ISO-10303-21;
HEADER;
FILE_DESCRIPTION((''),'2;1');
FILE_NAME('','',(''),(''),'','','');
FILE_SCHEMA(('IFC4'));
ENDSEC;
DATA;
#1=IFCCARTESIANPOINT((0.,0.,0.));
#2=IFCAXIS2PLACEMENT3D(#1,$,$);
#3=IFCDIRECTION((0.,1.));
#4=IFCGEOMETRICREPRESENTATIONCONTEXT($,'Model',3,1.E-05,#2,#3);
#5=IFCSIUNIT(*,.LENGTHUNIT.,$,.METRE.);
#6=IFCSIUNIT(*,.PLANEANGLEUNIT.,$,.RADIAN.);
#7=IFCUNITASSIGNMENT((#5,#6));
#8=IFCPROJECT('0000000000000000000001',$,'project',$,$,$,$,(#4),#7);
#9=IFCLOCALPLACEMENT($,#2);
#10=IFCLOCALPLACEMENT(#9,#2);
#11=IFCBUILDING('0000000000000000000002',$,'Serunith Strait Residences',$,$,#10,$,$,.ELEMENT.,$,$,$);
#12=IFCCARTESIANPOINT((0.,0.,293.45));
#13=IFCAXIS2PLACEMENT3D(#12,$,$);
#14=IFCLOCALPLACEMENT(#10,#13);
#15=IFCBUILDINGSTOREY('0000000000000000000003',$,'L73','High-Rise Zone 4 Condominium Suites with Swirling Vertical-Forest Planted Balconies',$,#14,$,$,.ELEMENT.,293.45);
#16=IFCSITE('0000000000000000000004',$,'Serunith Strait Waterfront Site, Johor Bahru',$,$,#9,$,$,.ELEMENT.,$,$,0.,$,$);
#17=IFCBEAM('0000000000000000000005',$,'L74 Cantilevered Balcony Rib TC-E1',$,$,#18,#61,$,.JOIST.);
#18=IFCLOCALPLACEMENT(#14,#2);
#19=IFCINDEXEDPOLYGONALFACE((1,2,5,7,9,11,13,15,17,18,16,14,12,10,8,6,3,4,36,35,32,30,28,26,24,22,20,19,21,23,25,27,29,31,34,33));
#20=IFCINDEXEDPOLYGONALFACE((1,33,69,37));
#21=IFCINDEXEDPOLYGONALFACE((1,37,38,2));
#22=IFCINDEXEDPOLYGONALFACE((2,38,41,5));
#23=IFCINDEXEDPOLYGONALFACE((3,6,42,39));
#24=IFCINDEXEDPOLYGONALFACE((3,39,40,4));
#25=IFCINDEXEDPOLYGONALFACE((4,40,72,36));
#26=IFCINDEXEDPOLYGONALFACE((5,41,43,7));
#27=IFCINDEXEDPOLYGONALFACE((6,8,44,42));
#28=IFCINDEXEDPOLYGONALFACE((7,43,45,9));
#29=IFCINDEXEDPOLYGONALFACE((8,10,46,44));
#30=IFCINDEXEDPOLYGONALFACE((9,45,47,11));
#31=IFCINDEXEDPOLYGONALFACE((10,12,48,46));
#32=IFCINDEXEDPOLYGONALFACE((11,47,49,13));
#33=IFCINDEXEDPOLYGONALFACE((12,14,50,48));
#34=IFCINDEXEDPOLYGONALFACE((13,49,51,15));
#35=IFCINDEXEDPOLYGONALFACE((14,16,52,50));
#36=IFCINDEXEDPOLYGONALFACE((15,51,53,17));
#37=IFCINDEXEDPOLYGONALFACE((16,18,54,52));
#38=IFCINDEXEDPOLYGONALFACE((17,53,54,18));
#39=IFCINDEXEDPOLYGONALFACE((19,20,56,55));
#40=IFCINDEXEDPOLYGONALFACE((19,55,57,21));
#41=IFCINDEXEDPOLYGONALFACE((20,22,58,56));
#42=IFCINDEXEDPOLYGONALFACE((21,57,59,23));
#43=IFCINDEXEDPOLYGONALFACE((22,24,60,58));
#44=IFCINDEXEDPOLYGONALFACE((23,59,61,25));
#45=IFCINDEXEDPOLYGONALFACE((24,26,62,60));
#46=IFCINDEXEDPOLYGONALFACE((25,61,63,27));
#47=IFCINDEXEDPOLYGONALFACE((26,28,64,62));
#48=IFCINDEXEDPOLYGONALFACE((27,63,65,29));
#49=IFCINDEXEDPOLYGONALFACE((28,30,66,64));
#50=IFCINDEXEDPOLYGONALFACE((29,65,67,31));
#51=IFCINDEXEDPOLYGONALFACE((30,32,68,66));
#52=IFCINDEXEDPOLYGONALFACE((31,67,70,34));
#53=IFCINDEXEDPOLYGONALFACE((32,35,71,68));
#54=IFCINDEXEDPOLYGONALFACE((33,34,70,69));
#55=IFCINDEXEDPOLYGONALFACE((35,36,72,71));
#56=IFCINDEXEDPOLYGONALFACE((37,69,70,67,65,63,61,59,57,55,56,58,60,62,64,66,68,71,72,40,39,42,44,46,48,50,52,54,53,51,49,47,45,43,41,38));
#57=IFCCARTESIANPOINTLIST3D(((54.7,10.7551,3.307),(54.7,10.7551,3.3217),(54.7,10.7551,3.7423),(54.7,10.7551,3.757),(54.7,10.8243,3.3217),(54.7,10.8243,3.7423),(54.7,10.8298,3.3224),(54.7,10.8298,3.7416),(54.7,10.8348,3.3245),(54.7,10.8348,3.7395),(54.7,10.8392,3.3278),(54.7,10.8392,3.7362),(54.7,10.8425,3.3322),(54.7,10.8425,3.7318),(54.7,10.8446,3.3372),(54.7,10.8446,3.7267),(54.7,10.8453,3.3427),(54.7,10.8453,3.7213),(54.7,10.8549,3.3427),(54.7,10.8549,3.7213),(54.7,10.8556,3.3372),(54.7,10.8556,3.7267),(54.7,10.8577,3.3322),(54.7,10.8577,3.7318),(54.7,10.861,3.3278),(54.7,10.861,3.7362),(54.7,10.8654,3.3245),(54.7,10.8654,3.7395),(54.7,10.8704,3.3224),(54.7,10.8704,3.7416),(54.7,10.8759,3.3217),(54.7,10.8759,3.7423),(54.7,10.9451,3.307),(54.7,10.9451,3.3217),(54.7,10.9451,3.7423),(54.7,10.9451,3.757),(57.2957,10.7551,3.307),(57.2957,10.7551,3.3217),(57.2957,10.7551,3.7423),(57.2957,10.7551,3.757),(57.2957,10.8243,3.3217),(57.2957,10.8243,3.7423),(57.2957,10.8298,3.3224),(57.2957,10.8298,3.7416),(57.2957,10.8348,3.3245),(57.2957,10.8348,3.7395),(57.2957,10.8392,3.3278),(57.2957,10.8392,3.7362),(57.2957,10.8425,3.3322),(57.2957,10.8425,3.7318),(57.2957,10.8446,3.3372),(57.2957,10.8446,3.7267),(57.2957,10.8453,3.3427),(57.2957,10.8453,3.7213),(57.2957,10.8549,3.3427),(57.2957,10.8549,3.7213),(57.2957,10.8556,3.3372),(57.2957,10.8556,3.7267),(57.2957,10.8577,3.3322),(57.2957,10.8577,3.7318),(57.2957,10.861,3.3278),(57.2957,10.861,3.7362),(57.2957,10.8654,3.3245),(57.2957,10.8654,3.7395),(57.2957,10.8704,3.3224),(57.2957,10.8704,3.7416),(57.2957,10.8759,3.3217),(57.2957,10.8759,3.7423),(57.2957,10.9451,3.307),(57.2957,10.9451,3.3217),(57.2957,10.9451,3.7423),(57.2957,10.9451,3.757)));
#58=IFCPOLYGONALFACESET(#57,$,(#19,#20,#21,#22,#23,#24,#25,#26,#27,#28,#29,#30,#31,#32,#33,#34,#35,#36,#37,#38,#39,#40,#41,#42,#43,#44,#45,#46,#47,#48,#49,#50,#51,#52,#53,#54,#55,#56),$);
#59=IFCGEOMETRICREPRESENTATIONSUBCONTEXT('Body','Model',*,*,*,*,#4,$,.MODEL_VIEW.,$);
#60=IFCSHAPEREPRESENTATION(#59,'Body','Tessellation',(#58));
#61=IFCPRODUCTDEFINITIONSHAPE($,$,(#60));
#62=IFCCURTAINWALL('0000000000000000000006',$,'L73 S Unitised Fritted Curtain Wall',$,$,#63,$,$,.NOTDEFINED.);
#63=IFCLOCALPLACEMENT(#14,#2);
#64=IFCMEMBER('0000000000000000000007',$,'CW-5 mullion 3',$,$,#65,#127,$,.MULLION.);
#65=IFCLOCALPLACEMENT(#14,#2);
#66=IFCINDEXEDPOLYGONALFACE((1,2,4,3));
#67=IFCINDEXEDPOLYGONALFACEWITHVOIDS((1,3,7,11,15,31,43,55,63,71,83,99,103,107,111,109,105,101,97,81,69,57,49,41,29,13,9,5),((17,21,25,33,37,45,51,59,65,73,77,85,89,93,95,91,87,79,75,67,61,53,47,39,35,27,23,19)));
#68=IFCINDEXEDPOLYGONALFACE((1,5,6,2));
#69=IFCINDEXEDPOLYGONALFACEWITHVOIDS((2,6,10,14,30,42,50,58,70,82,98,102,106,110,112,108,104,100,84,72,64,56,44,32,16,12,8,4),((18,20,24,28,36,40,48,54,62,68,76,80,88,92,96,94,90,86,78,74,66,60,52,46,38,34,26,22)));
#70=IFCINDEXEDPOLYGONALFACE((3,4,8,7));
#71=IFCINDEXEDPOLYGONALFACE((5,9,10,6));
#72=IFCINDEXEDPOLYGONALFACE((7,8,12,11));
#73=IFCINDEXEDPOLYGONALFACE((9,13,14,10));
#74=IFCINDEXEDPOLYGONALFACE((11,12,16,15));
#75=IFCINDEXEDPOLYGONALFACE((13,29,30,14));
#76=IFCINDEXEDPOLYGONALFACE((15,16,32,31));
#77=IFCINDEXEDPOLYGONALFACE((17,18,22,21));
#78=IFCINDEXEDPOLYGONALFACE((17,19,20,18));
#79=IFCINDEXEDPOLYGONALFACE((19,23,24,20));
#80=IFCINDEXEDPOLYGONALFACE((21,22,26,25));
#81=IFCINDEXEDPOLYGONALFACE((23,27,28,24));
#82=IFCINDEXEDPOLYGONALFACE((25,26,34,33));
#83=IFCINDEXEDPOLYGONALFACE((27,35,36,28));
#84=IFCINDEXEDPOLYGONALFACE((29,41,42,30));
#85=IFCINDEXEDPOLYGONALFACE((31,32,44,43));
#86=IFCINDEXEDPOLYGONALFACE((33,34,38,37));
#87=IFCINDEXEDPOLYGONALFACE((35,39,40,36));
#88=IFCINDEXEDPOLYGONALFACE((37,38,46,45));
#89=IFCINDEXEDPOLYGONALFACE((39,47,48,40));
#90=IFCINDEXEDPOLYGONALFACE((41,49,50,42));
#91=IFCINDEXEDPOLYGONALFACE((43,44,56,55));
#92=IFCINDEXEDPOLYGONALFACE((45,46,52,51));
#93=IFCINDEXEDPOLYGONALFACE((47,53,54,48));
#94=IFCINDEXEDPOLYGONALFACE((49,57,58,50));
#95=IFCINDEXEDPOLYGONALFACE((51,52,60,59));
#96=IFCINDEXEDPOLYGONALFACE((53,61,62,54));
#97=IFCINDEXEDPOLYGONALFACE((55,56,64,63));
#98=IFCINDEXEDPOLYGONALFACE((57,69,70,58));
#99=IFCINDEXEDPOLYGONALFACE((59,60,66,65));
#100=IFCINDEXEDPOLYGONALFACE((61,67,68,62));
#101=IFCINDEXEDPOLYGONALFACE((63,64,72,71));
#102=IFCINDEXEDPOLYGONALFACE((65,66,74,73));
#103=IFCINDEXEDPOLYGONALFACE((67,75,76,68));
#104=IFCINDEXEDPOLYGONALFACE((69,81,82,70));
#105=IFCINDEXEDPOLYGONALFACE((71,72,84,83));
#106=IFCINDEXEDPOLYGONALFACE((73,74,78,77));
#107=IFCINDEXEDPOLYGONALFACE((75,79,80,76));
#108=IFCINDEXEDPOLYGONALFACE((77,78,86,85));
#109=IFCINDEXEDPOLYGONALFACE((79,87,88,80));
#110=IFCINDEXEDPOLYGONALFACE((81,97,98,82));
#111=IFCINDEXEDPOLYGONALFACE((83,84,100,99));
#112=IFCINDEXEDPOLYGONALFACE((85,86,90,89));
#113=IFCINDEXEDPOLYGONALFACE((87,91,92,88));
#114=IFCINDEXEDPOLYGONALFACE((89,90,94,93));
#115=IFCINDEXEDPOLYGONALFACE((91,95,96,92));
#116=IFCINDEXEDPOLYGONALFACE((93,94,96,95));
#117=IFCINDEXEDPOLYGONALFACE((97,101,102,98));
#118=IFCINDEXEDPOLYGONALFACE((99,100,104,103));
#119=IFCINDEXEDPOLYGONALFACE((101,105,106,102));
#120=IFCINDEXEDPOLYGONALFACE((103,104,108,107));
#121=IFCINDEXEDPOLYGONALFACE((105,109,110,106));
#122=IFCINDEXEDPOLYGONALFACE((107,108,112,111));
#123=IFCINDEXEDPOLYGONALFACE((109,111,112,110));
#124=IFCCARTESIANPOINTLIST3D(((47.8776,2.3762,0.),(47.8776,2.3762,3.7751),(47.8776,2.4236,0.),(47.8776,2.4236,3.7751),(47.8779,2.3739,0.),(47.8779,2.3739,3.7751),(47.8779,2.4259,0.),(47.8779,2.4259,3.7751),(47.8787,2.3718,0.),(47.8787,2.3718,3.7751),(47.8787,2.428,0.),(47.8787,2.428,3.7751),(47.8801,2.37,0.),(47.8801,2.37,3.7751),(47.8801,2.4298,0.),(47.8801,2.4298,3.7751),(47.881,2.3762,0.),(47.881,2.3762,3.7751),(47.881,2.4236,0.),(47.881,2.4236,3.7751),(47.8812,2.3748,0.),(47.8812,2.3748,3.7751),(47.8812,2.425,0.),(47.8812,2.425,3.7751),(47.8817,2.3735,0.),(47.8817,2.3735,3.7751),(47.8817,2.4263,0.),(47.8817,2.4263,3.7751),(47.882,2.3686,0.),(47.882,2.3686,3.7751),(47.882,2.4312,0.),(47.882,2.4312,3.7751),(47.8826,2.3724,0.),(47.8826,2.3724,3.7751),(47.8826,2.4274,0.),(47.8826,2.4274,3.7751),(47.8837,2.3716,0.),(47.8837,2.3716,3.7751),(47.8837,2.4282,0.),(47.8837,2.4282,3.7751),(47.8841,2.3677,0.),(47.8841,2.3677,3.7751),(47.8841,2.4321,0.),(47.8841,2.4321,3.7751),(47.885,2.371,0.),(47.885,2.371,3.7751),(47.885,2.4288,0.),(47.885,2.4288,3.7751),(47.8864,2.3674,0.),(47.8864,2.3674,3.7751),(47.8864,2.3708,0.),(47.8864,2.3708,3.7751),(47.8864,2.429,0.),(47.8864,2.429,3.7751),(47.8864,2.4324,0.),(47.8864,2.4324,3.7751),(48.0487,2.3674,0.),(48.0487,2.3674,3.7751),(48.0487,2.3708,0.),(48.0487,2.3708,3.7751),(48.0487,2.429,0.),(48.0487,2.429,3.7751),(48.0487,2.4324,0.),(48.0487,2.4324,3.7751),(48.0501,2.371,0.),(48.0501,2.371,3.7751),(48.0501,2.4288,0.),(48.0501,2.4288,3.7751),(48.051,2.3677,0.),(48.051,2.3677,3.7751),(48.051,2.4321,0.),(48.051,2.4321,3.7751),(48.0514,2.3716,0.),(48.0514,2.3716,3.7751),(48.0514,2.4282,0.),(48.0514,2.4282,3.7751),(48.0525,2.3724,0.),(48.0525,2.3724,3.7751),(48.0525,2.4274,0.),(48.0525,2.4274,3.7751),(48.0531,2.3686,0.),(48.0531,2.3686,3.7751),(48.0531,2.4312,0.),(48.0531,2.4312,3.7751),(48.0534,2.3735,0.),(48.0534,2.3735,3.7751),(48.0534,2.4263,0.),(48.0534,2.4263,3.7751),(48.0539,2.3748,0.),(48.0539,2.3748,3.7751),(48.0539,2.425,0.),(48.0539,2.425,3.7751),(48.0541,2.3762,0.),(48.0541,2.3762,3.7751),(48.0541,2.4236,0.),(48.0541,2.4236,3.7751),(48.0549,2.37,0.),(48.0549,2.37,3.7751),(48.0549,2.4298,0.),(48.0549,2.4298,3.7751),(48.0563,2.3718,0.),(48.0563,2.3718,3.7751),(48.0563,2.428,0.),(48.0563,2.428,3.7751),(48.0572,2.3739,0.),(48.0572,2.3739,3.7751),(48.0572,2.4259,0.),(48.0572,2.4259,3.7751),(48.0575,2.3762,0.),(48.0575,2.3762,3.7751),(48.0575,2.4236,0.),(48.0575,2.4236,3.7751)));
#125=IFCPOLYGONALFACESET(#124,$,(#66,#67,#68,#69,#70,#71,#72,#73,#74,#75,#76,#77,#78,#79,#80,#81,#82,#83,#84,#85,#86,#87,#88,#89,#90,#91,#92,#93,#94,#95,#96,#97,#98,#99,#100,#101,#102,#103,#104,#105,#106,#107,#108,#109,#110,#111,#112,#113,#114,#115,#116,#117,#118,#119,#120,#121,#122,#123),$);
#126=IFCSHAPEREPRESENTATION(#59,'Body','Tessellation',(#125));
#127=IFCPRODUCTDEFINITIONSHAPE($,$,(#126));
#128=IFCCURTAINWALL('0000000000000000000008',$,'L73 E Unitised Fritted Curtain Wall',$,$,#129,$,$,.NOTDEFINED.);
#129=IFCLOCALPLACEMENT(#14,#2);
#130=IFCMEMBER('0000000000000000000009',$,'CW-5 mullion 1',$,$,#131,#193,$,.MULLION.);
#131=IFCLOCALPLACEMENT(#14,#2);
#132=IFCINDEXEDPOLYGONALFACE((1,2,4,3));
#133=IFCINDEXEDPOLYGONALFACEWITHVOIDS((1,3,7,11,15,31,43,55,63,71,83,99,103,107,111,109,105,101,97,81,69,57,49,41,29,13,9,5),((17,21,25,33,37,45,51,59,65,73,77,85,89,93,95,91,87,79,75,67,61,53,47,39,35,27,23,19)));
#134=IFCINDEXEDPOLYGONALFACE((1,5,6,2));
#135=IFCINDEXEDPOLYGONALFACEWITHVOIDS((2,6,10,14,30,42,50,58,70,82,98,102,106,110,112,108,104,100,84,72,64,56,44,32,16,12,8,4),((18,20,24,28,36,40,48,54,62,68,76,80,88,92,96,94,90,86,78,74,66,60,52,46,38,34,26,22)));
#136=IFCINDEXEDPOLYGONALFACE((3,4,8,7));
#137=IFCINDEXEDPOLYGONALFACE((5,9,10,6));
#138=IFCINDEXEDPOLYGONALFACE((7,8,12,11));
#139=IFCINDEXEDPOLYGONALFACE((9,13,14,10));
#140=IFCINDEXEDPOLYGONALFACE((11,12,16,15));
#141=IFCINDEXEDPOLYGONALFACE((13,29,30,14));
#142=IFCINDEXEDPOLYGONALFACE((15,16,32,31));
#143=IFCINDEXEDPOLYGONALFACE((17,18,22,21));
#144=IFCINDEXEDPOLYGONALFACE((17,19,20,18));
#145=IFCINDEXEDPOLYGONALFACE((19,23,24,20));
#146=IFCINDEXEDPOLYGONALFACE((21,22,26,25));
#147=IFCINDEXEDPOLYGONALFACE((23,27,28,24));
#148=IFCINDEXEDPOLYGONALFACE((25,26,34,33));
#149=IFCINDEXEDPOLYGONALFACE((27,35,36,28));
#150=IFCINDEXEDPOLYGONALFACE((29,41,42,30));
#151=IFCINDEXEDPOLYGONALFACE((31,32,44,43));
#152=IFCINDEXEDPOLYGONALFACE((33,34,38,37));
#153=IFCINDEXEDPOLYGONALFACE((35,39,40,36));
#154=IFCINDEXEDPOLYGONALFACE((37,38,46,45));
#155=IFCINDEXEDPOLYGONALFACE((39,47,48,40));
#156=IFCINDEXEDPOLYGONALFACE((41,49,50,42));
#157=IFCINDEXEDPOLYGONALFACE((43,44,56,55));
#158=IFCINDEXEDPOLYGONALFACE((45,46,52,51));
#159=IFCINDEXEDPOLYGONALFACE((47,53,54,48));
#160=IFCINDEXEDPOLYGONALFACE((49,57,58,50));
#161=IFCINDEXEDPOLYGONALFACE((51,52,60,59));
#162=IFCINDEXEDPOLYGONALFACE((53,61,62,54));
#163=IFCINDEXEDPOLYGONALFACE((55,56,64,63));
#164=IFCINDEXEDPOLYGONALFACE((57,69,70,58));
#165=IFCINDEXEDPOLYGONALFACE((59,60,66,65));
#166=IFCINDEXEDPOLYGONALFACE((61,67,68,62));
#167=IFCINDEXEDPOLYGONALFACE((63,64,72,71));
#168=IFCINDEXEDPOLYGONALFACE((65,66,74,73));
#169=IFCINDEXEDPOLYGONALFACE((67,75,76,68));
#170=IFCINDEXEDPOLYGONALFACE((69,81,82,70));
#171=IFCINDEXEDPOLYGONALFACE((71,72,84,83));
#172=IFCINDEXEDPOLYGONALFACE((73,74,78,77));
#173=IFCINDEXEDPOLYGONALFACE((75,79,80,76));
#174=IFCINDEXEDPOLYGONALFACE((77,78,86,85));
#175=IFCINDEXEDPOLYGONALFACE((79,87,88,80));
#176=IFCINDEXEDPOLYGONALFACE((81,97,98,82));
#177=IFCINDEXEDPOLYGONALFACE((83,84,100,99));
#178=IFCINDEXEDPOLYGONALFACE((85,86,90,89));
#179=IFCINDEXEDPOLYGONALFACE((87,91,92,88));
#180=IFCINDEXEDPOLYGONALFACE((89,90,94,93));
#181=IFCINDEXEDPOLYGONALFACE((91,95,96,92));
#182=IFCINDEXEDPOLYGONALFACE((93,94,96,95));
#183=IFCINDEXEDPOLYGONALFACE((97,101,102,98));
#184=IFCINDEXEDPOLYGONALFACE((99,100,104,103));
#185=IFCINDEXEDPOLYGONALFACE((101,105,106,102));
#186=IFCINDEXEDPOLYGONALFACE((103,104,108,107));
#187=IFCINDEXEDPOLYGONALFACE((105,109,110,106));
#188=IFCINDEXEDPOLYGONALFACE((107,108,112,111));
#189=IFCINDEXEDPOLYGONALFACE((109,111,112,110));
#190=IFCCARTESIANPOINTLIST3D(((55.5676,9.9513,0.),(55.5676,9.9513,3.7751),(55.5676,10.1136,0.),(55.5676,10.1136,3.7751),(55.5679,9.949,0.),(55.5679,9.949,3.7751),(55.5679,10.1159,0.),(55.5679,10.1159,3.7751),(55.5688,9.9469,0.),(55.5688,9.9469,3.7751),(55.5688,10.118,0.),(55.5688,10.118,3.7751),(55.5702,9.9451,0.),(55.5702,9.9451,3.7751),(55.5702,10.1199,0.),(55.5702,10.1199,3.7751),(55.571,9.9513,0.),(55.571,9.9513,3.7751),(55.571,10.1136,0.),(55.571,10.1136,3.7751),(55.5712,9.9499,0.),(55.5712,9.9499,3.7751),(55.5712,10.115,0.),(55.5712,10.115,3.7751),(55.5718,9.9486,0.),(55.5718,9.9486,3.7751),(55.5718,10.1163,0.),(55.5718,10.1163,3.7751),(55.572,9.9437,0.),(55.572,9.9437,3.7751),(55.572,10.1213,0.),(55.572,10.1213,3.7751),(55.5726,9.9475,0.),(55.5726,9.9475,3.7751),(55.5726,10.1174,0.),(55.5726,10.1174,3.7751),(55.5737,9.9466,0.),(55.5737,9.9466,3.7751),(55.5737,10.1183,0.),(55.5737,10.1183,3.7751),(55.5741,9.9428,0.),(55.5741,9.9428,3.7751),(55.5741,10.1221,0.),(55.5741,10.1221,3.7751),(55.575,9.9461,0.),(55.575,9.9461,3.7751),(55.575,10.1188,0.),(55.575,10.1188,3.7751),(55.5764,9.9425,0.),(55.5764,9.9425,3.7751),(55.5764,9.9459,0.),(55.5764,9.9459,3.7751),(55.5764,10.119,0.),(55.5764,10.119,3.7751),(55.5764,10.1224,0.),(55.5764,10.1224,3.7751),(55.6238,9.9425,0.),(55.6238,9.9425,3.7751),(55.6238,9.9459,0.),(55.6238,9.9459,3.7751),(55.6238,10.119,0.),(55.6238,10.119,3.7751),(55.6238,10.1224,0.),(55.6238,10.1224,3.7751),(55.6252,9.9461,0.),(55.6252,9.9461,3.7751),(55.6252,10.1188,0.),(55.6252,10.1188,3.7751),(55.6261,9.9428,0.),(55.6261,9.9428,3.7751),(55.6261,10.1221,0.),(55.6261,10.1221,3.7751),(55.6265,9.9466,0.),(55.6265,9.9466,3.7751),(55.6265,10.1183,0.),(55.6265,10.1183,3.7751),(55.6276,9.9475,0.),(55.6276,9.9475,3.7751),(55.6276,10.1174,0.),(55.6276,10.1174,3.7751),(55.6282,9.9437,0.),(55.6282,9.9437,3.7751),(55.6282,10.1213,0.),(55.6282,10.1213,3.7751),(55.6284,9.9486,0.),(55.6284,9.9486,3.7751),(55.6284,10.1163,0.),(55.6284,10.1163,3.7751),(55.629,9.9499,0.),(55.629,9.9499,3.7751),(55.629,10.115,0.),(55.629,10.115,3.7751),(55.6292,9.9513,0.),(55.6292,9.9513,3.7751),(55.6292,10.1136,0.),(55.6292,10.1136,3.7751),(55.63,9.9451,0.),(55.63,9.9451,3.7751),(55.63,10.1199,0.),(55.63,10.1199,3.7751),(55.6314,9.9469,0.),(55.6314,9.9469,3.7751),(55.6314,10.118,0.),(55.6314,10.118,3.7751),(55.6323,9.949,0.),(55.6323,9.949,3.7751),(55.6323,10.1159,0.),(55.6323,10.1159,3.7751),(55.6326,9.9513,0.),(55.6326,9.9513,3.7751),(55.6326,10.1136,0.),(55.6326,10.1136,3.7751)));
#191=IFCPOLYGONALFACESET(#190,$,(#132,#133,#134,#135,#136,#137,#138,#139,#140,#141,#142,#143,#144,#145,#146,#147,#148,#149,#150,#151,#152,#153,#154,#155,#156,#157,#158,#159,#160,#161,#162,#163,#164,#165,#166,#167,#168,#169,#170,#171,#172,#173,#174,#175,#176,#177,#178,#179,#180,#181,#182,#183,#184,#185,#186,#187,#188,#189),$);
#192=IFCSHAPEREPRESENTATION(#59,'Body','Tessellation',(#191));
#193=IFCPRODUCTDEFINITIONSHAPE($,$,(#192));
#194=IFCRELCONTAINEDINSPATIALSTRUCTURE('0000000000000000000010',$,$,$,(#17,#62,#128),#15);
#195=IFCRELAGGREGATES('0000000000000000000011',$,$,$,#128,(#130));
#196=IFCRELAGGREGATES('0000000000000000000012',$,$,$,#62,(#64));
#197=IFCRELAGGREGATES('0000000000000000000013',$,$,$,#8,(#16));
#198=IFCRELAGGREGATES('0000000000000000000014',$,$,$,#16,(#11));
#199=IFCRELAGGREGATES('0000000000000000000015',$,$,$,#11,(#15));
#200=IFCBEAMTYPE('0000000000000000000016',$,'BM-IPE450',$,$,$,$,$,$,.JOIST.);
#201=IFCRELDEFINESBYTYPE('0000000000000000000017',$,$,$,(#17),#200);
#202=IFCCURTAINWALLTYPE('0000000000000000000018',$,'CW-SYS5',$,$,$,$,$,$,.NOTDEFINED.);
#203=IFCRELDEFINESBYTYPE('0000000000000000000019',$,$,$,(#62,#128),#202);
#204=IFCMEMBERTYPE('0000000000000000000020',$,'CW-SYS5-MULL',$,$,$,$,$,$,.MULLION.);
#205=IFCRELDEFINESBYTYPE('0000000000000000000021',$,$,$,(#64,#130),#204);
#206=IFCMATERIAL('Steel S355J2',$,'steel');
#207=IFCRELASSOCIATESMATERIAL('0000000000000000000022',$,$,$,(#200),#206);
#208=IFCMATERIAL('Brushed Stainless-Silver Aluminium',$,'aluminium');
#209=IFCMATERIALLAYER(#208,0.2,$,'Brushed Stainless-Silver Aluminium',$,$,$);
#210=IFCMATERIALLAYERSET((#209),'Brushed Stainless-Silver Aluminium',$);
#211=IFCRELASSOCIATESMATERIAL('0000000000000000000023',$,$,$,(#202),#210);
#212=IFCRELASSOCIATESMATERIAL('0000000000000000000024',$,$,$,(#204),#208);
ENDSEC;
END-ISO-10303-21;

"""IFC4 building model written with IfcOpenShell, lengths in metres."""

from ifc_helpers import new_model, si_unit, direction, frame, origin, origin_2d, place, context, subcontext, project, spatial, hollow_rectangle, i_section, extrude, source, transform, mapped, material, layer, layer_set, material_profile, profile_set, type_object, element, aggregate, save


model = new_model("IFC4")

# Units and contexts
model_context = context("Model", 3, precision=1e-05, world=origin(), true_north=direction((0.0, 1.0)))
body_context = subcontext(model_context, "Body", "Model", "MODEL_VIEW")
ifc_project = project(units=[si_unit("LENGTHUNIT", "METRE"), si_unit("PLANEANGLEUNIT", "RADIAN")], contexts=[model_context])

# Site, building, storey
site_placement = place(None, origin())
site = spatial("IfcSite", under=ifc_project, at=site_placement, Name="Serunith Strait Waterfront Site, Johor Bahru", CompositionType="ELEMENT", RefElevation=0.0)
building_placement = place(site_placement, origin())
building = spatial("IfcBuilding", under=site, at=building_placement, Name="Serunith Strait Residences", CompositionType="ELEMENT")
storey_placement = place(building_placement, frame((0.0, 0.0, 293.45)))
storey = spatial("IfcBuildingStorey", under=building, at=storey_placement, Name="L73", Description="High-Rise Zone 4 Condominium Suites with Swirling Vertical-Forest Planted Balconies", CompositionType="ELEMENT", Elevation=293.45)

# Beam
ifc_material_1 = material(Name="Steel S355J2", Category="steel")
ifc_material_profile_1 = material_profile(ifc_material_1, i_section(OverallWidth=0.1899, OverallDepth=0.45, WebThickness=0.0095, FlangeThickness=0.0146, FilletRadius=0.021, at=origin_2d()), Name="IPE 450")
ifc_profile_set_1 = profile_set([ifc_material_profile_1], Name="Steel S355J2")
beam_type_1 = type_object("IfcBeamType", Name="BM-IPE450", PredefinedType="JOIST", material=ifc_profile_set_1)
shared_shape_1 = source(origin(), body_context, "Body", "SweptSolid", [
    extrude(i_section(OverallWidth=0.1899, OverallDepth=0.45, WebThickness=0.0095, FlangeThickness=0.0146, FilletRadius=0.021, at=origin_2d()), origin(), (0.0, 0.0, 1.0), 2.5957),
])
beam_1_placement = place(storey_placement, frame((54.7, 10.8501, 3.532), z_axis=(1.0, 0.0, 0.0), x_axis=(0.0, 1.0, 0.0)))
element("IfcBeam", 1, at=beam_1_placement, inside=storey, type_object=beam_type_1, Name="L74 Cantilevered Balcony Rib TC-E1", PredefinedType="JOIST", context=body_context, shape_type="MappedRepresentation", body=[
    mapped(shared_shape_1, transform((0.0, 0.0, 0.0), scale=1.0)),
])

# Curtain wall, member
ifc_material_2 = material(Name="Brushed Stainless-Silver Aluminium", Category="aluminium")
ifc_layer_1 = layer(ifc_material_2, 0.2, Name="Brushed Stainless-Silver Aluminium")
ifc_layer_set_1 = layer_set([ifc_layer_1], Name="Brushed Stainless-Silver Aluminium")
curtain_wall_type = type_object("IfcCurtainWallType", Name="CW-SYS5", PredefinedType="NOTDEFINED", material=ifc_layer_set_1)
curtain_wall_1_placement = place(storey_placement, origin())
curtain_wall_1 = element("IfcCurtainWall", 2, at=curtain_wall_1_placement, inside=storey, type_object=curtain_wall_type, Name="L73 S Unitised Fritted Curtain Wall", PredefinedType="NOTDEFINED")
ifc_material_profile_2 = material_profile(ifc_material_2, hollow_rectangle(XDim=0.0649, YDim=0.1799, WallThickness=0.0034, InnerFilletRadius=0.0054, OuterFilletRadius=0.0088, at=origin_2d()), Name="ALU 180x65x3.5")
ifc_profile_set_2 = profile_set([ifc_material_profile_2], Name="Brushed Stainless-Silver Aluminium")
member_type_1 = type_object("IfcMemberType", Name="CW-SYS5-MULL", PredefinedType="MULLION", material=ifc_profile_set_2)
shared_shape_2 = source(origin(), body_context, "Body", "SweptSolid", [
    extrude(hollow_rectangle(XDim=0.0649, YDim=0.1799, WallThickness=0.0034, InnerFilletRadius=0.0054, OuterFilletRadius=0.0088, at=origin_2d()), origin(), (0.0, 0.0, 1.0), 3.7751),
])
member_1_placement = place(storey_placement, frame((47.9675, 2.3999, 0.0), z_axis=(0.0, 0.0, 1.0), x_axis=(0.0, 1.0, 0.0)))
member_1 = element("IfcMember", 3, at=member_1_placement, type_object=member_type_1, Name="CW-5 mullion 3", PredefinedType="MULLION", context=body_context, shape_type="MappedRepresentation", body=[
    mapped(shared_shape_2, transform((0.0, 0.0, 0.0), scale=1.0)),
])

# Curtain wall, member
curtain_wall_2_placement = place(storey_placement, origin())
curtain_wall_2 = element("IfcCurtainWall", 4, at=curtain_wall_2_placement, inside=storey, type_object=curtain_wall_type, Name="L73 E Unitised Fritted Curtain Wall", PredefinedType="NOTDEFINED")
member_2_placement = place(storey_placement, frame((55.6001, 10.0325, 0.0), z_axis=(0.0, 0.0, 1.0), x_axis=(-1.0, 0.0, 0.0)))
member_2 = element("IfcMember", 5, at=member_2_placement, type_object=member_type_1, Name="CW-5 mullion 1", PredefinedType="MULLION", context=body_context, shape_type="MappedRepresentation", body=[
    mapped(shared_shape_2, transform((0.0, 0.0, 0.0), scale=1.0)),
])
aggregate(curtain_wall_2, [member_2])

aggregate(curtain_wall_1, [member_1])

save(model, "model.ifc")
